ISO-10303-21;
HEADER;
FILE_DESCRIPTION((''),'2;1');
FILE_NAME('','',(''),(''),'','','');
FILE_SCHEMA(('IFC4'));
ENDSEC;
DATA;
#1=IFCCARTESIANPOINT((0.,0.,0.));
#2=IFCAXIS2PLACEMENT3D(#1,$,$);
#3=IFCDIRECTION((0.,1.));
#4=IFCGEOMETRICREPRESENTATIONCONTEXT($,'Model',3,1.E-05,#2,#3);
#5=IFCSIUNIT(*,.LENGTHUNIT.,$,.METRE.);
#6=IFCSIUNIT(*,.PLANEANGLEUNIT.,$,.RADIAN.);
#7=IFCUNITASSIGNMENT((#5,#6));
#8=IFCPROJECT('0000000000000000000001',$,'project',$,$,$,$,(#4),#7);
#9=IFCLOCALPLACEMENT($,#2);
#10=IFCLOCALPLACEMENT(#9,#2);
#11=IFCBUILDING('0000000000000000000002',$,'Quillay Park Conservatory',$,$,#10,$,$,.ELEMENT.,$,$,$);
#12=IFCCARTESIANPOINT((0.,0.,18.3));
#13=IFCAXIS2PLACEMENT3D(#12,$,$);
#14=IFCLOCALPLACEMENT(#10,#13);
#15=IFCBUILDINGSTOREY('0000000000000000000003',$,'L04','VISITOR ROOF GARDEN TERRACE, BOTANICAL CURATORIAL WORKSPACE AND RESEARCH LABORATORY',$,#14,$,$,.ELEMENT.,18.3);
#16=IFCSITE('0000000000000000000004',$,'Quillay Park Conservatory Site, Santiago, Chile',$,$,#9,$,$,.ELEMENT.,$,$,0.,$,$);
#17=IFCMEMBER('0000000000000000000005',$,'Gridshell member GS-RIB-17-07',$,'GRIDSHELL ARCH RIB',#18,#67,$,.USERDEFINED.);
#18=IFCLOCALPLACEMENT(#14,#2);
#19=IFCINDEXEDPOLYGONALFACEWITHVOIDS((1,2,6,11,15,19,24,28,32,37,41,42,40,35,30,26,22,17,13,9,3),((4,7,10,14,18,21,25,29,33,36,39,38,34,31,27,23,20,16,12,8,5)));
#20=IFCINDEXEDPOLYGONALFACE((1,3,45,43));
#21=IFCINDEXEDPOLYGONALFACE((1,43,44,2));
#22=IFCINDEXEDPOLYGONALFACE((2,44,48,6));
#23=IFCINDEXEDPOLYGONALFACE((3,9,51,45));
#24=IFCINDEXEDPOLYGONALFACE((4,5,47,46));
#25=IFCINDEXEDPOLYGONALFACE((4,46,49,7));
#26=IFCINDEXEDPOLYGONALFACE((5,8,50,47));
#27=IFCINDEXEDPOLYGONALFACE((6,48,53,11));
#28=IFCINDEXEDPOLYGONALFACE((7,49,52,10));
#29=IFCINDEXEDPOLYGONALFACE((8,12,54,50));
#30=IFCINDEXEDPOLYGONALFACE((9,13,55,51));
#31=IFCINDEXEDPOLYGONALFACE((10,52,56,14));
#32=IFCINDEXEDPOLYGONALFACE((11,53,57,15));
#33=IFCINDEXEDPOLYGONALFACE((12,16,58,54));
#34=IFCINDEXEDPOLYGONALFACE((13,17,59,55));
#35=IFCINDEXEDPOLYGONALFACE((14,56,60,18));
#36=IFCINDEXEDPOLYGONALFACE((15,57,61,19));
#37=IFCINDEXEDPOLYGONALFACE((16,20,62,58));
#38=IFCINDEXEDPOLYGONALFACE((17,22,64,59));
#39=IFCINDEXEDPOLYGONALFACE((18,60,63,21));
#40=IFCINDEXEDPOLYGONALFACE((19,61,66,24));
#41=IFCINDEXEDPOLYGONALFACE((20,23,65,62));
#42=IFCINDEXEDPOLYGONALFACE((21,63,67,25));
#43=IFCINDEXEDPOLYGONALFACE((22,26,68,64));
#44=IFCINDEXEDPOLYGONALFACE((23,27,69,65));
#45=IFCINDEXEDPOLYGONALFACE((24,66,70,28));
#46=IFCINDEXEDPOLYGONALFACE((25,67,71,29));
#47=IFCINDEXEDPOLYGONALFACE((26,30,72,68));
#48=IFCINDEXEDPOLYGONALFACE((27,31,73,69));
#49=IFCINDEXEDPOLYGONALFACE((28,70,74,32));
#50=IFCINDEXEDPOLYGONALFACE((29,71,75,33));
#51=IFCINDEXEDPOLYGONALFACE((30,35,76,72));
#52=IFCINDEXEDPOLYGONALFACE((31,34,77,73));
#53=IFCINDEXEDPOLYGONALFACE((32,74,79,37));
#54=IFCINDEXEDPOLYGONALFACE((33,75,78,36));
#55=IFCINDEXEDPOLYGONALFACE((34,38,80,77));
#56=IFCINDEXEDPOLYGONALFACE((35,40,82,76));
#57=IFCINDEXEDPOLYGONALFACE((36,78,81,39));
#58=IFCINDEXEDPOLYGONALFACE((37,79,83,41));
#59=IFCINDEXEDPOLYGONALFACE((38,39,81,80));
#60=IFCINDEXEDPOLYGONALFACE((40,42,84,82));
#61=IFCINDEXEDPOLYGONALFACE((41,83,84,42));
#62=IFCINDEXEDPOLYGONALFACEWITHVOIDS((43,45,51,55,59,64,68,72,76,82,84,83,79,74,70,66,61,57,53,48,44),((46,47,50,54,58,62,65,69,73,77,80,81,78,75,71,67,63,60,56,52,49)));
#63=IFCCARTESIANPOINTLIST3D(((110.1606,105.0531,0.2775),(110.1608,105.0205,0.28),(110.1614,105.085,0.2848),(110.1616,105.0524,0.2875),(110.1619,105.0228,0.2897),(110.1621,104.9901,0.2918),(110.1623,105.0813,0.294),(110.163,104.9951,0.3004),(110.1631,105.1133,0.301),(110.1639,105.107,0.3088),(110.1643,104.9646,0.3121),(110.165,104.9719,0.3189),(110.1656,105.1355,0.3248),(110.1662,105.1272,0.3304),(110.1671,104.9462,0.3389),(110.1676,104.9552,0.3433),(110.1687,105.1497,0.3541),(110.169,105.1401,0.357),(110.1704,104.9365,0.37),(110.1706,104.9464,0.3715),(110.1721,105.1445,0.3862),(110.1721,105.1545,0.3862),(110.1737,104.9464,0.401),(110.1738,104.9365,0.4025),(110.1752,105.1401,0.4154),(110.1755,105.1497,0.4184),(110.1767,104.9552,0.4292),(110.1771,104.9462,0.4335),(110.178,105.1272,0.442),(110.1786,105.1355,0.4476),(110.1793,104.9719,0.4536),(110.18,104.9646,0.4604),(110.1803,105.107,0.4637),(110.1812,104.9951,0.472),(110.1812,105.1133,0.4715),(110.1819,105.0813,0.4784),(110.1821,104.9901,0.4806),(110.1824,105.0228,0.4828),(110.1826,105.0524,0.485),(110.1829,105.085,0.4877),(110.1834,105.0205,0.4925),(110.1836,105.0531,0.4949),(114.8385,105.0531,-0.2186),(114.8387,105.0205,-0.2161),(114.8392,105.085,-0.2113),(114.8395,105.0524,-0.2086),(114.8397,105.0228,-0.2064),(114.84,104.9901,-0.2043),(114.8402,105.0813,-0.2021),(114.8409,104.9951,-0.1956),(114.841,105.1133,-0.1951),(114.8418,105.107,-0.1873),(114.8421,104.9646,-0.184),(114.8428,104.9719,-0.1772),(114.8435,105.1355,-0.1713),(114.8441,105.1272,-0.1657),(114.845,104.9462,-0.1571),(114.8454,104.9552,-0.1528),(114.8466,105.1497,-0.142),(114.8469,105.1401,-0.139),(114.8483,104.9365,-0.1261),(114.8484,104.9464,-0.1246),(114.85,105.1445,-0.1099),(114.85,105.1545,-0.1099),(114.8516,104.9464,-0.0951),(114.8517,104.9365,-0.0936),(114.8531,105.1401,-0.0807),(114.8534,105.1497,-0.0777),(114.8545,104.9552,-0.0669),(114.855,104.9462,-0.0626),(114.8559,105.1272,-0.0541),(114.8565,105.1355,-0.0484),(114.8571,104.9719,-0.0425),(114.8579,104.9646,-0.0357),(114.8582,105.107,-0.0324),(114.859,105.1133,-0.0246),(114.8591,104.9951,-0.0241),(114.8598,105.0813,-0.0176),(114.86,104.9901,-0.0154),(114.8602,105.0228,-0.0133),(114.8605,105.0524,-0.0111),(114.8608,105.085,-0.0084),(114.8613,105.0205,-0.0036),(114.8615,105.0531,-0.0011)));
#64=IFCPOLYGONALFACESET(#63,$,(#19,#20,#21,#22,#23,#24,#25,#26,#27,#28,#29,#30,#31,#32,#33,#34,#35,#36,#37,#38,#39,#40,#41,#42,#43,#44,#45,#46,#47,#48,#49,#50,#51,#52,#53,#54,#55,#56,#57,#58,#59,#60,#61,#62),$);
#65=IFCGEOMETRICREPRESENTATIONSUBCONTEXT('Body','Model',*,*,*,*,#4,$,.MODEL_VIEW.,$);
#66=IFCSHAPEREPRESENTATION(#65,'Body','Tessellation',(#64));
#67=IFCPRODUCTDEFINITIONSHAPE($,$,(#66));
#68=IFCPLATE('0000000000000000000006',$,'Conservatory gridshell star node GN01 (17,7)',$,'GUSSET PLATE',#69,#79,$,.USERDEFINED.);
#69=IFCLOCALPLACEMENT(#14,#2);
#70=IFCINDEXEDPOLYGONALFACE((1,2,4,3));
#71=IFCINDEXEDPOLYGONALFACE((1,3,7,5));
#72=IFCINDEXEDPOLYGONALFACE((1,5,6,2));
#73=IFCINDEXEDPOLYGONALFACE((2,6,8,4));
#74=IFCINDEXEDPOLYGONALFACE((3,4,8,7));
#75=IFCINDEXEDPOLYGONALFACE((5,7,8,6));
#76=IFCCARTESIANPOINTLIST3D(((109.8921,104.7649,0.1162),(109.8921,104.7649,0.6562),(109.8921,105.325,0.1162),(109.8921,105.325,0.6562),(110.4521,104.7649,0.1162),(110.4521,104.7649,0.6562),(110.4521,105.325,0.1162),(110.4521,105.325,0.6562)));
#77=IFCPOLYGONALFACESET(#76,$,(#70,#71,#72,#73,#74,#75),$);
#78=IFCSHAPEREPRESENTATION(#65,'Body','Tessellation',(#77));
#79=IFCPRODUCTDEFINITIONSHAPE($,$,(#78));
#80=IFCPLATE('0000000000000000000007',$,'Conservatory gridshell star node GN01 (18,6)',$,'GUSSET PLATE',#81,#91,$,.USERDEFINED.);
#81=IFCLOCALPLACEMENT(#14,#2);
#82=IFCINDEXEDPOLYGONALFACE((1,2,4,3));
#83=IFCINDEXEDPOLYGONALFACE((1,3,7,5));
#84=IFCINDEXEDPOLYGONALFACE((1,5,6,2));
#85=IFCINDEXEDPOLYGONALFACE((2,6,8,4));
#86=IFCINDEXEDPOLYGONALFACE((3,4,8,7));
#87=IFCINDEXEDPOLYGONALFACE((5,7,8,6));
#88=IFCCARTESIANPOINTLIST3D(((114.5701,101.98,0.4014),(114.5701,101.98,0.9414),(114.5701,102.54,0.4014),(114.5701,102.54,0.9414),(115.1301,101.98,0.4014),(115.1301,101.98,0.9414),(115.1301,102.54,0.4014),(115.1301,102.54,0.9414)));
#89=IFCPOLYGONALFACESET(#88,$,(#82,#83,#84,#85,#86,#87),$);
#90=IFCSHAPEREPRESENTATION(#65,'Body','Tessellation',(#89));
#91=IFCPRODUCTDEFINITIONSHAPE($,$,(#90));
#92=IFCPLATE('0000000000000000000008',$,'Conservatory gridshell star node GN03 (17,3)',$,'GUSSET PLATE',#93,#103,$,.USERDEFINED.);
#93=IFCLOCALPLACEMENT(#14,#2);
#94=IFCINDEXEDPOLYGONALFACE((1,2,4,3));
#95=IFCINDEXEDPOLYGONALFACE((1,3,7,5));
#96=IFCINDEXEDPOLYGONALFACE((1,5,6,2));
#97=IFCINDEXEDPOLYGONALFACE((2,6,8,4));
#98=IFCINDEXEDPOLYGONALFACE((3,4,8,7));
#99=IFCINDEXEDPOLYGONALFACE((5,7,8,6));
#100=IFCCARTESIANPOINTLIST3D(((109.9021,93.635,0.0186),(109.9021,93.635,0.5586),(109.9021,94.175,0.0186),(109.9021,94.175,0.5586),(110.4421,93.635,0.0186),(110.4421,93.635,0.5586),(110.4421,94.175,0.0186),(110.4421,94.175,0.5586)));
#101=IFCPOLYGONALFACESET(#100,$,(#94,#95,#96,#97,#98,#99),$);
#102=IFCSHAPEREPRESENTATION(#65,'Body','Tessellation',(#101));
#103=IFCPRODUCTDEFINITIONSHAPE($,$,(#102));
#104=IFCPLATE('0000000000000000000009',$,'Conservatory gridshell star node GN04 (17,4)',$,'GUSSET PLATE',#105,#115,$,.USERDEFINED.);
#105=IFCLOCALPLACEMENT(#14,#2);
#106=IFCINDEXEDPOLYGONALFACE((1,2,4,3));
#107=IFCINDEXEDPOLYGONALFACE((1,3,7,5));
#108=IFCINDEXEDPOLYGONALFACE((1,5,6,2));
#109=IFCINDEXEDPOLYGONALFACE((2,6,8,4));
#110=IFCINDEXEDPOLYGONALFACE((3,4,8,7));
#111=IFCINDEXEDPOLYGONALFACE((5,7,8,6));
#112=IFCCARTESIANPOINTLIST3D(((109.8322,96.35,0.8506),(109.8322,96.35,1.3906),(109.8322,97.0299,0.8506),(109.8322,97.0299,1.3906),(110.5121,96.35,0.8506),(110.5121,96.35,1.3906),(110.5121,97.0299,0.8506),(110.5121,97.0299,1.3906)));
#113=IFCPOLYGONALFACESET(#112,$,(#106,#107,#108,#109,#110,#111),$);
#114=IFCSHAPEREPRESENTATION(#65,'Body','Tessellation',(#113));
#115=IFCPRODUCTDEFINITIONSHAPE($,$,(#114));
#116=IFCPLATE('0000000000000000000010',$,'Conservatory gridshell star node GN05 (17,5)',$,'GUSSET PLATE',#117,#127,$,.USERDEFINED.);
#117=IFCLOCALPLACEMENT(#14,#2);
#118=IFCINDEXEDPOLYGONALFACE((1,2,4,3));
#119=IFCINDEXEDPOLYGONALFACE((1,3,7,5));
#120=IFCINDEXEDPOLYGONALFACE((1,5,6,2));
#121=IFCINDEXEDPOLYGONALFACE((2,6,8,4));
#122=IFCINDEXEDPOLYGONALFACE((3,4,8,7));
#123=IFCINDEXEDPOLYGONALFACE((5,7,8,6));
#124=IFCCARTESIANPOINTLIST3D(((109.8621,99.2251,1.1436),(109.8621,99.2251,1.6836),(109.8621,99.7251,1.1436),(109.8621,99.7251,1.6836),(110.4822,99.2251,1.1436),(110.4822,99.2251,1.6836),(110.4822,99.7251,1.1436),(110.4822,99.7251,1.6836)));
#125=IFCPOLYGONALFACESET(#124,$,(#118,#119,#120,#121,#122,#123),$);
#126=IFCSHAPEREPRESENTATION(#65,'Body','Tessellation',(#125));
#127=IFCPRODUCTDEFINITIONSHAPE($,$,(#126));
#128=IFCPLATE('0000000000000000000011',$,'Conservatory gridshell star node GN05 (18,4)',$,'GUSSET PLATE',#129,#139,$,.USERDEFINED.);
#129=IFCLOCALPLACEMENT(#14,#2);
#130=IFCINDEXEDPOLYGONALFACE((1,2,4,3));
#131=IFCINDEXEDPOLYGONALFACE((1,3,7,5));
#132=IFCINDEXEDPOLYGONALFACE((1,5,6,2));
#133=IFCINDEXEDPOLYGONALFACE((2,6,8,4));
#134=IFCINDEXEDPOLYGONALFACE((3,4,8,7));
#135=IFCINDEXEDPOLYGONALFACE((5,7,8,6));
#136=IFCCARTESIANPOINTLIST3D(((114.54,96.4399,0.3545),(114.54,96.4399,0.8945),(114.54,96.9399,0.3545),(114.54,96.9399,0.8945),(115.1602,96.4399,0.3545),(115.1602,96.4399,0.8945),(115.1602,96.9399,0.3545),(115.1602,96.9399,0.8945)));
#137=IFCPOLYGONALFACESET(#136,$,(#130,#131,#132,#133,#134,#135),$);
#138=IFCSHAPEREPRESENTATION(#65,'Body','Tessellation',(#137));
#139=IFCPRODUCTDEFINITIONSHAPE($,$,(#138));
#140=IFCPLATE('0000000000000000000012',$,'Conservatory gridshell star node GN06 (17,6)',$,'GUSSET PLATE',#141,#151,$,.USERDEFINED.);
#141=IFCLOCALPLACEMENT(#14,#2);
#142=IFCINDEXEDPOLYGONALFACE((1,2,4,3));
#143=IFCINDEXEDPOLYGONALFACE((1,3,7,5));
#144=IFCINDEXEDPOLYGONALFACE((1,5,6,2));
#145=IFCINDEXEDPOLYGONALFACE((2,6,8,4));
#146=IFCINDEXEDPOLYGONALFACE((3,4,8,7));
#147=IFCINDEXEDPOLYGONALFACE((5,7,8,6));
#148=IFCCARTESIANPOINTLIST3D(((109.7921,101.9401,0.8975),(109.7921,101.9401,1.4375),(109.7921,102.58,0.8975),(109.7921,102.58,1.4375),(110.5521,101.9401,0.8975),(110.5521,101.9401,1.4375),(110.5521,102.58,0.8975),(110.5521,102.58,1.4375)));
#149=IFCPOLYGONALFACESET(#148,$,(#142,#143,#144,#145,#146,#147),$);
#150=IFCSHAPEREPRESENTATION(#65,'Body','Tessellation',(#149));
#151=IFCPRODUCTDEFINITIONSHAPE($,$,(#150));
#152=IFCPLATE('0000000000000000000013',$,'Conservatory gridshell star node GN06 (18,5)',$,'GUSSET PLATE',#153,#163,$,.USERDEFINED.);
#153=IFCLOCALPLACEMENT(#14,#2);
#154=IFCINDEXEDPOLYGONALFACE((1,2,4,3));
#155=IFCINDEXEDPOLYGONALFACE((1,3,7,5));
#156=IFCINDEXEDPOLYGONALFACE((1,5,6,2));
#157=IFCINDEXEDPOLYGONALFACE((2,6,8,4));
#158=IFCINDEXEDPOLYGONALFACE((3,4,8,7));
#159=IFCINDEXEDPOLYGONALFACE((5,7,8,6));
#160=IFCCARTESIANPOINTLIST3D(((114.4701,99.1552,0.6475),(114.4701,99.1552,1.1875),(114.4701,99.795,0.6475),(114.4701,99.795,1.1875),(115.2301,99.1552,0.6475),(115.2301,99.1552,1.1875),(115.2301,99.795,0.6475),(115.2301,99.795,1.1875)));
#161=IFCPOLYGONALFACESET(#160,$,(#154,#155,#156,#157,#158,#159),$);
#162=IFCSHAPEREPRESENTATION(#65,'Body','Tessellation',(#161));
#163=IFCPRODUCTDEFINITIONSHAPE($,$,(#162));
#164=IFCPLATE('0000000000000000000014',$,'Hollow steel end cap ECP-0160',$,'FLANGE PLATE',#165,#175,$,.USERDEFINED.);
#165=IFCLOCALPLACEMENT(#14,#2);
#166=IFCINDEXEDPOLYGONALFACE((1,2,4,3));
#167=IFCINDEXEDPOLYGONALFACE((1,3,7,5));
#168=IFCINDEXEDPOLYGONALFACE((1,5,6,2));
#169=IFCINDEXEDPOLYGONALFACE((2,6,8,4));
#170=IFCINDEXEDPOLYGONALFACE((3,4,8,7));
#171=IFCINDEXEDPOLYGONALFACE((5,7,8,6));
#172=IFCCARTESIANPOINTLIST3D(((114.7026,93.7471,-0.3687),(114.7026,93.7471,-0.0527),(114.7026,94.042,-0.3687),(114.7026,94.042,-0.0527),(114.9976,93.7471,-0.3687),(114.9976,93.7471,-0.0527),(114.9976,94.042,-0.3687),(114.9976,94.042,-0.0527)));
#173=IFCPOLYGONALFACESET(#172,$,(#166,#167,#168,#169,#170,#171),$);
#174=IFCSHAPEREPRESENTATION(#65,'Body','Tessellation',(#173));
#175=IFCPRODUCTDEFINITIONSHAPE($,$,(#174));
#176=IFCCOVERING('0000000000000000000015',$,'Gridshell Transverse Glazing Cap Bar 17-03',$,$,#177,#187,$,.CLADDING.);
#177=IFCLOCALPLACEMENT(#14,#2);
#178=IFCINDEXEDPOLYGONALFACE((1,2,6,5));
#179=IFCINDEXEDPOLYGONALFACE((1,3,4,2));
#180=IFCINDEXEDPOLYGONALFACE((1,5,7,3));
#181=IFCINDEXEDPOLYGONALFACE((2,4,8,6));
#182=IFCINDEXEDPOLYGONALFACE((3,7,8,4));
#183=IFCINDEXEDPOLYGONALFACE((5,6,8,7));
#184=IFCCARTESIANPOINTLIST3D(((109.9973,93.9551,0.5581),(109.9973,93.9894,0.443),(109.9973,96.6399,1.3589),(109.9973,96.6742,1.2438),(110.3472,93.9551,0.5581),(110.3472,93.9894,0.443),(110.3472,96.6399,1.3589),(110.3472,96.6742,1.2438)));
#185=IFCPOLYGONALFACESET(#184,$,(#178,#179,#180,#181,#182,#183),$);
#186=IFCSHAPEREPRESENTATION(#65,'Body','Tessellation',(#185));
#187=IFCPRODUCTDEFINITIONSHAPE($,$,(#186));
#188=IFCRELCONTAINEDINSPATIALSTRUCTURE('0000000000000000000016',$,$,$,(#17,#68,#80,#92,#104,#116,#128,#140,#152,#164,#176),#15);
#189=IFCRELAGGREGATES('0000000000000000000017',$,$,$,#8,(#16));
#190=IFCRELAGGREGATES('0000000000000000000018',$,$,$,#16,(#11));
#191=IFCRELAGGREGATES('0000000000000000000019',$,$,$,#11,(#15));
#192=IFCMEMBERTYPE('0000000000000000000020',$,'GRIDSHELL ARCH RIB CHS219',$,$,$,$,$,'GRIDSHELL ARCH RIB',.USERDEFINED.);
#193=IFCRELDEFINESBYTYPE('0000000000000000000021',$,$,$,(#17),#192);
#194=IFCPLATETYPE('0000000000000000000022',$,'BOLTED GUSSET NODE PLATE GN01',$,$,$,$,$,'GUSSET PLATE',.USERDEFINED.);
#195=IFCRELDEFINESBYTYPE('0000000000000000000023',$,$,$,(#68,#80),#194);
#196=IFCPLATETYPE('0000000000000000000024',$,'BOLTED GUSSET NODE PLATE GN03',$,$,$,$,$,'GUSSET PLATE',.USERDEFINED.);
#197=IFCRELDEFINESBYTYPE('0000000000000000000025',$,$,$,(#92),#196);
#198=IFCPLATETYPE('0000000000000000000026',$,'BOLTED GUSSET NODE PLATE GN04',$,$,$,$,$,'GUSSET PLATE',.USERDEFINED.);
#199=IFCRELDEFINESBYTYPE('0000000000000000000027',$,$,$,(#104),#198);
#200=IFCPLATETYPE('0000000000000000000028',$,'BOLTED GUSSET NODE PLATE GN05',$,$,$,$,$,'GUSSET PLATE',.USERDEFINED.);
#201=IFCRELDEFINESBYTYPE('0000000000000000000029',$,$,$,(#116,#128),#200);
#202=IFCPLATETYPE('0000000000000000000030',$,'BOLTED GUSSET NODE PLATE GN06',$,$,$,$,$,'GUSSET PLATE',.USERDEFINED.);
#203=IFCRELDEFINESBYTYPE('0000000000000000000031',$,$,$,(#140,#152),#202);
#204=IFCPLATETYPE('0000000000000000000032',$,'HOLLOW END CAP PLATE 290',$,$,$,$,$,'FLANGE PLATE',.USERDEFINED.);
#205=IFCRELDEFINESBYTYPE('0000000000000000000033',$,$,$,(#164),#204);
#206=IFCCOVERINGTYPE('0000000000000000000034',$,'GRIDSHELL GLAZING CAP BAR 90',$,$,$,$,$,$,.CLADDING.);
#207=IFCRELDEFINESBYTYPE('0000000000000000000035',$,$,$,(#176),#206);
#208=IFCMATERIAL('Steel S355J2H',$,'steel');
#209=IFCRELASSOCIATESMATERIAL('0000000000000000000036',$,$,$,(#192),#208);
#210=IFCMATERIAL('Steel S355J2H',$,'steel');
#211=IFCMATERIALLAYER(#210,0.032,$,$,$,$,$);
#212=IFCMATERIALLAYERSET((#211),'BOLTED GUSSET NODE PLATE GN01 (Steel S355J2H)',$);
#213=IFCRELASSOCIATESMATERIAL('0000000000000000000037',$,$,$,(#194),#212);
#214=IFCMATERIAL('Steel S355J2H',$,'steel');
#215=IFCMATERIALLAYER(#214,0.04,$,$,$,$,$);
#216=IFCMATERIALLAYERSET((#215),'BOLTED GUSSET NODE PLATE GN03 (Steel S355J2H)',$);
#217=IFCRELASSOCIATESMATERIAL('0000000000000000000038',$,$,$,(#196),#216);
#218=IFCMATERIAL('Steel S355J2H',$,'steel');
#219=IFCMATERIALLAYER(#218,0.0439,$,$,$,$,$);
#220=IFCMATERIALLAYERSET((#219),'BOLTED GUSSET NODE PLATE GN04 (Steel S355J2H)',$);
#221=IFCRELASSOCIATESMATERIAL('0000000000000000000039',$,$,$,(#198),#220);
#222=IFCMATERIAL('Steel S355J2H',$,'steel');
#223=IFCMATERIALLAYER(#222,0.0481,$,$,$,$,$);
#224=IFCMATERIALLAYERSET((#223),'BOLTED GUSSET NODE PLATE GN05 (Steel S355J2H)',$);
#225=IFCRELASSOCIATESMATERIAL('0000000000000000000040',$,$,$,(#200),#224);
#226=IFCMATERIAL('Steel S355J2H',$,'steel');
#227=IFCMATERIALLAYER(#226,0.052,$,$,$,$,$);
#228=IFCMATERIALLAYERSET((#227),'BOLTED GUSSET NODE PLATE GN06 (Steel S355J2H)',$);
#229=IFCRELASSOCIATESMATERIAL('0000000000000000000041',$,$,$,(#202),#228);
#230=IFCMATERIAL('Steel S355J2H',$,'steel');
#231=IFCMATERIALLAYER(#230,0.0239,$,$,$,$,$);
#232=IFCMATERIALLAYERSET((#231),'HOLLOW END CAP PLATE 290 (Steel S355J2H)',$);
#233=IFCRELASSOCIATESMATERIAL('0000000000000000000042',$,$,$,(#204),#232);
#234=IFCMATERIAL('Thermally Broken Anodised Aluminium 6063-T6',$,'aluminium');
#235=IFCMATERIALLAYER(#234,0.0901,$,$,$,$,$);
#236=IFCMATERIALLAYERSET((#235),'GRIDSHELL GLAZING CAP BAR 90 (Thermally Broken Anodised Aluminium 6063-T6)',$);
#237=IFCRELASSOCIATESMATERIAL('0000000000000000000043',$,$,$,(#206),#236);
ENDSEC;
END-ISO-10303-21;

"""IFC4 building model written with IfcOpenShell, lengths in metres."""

from ifc_helpers import new_model, si_unit, direction, frame, origin, origin_2d, place, context, subcontext, project, spatial, polyline, rectangle, hollow_circle, outline, extrude, material, layer, layer_set, material_profile, profile_set, type_object, element, save


model = new_model("IFC4")

# Units and contexts
model_context = context("Model", 3, precision=1e-05, world=origin(), true_north=direction((0.0, 1.0)))
body_context = subcontext(model_context, "Body", "Model", "MODEL_VIEW")
ifc_project = project(units=[si_unit("LENGTHUNIT", "METRE"), si_unit("PLANEANGLEUNIT", "RADIAN")], contexts=[model_context])

# Site, building, storey
site_placement = place(None, origin())
site = spatial("IfcSite", under=ifc_project, at=site_placement, Name="Quillay Park Conservatory Site, Santiago, Chile", CompositionType="ELEMENT", RefElevation=0.0)
building_placement = place(site_placement, origin())
building = spatial("IfcBuilding", under=site, at=building_placement, Name="Quillay Park Conservatory", CompositionType="ELEMENT")
storey_placement = place(building_placement, frame((0.0, 0.0, 18.3)))
storey = spatial("IfcBuildingStorey", under=building, at=storey_placement, Name="L04", Description="VISITOR ROOF GARDEN TERRACE, BOTANICAL CURATORIAL WORKSPACE AND RESEARCH LABORATORY", CompositionType="ELEMENT", Elevation=18.3)

# Member
ifc_material_1 = material(Name="Steel S355J2H", Category="steel")
ifc_material_profile_1 = material_profile(ifc_material_1, hollow_circle(Radius=0.1096, WallThickness=0.01, at=origin_2d()), Name="CHS219.1x10")
ifc_profile_set_1 = profile_set([ifc_material_profile_1], Name="Steel S355J2H")
member_type = type_object("IfcMemberType", Name="GRIDSHELL ARCH RIB CHS219", ElementType="GRIDSHELL ARCH RIB", PredefinedType="USERDEFINED", material=ifc_profile_set_1)
for number, where, z_axis, x_axis, name in (
    (1, (110.1721, 105.0449, 0.3862), (0.994424, 0.0, -0.105457), (0.0, 1.0, 0.0), "Gridshell member GS-RIB-17-07"),
):
    element("IfcMember", number, at=place(storey_placement, frame(where, z_axis=z_axis, x_axis=x_axis)), inside=storey, type_object=member_type, Name=name, ObjectType="GRIDSHELL ARCH RIB", PredefinedType="USERDEFINED", context=body_context, shape_type="SweptSolid", body=[
        extrude(hollow_circle(Radius=0.1096, WallThickness=0.01, at=origin_2d()), origin(), (0.0, 0.0, 1.0), 4.7041),
    ])

# Plates
ifc_material_2 = material(Name="Steel S355J2H", Category="steel")
ifc_layer_1 = layer(ifc_material_2, 0.032)
ifc_layer_set_1 = layer_set([ifc_layer_1], Name="BOLTED GUSSET NODE PLATE GN01 (Steel S355J2H)")
plate_type_1 = type_object("IfcPlateType", Name="BOLTED GUSSET NODE PLATE GN01", ElementType="GUSSET PLATE", PredefinedType="USERDEFINED", material=ifc_layer_set_1)
for number, where, z_axis, x_axis, name in (
    (2, (110.1721, 105.0449, 0.1162), (0.0, 0.0, 1.0), (1.0, 0.0, 0.0), "Conservatory gridshell star node GN01 (17,7)"),
    (3, (114.8501, 102.26, 0.4014), (0.0, 0.0, 1.0), (1.0, 0.0, 0.0), "Conservatory gridshell star node GN01 (18,6)"),
):
    element("IfcPlate", number, at=place(storey_placement, frame(where, z_axis=z_axis, x_axis=x_axis)), inside=storey, type_object=plate_type_1, Name=name, ObjectType="GUSSET PLATE", PredefinedType="USERDEFINED", context=body_context, shape_type="SweptSolid", body=[
        extrude(rectangle(XDim=0.5601, YDim=0.5601, at=origin_2d()), origin(), (0.0, 0.0, 1.0), 0.54),
    ])
ifc_material_3 = material(Name="Steel S355J2H", Category="steel")
ifc_layer_2 = layer(ifc_material_3, 0.04)
ifc_layer_set_2 = layer_set([ifc_layer_2], Name="BOLTED GUSSET NODE PLATE GN03 (Steel S355J2H)")
plate_type_2 = type_object("IfcPlateType", Name="BOLTED GUSSET NODE PLATE GN03", ElementType="GUSSET PLATE", PredefinedType="USERDEFINED", material=ifc_layer_set_2)
plate_1_placement = place(storey_placement, frame((110.1721, 93.905, 0.0186), z_axis=(0.0, 0.0, 1.0), x_axis=(1.0, 0.0, 0.0)))
element("IfcPlate", 4, at=plate_1_placement, inside=storey, type_object=plate_type_2, Name="Conservatory gridshell star node GN03 (17,3)", ObjectType="GUSSET PLATE", PredefinedType="USERDEFINED", context=body_context, shape_type="SweptSolid", body=[
    extrude(rectangle(XDim=0.54, YDim=0.54, at=origin_2d()), origin(), (0.0, 0.0, 1.0), 0.54),
])
ifc_material_4 = material(Name="Steel S355J2H", Category="steel")
ifc_layer_3 = layer(ifc_material_4, 0.0439)
ifc_layer_set_3 = layer_set([ifc_layer_3], Name="BOLTED GUSSET NODE PLATE GN04 (Steel S355J2H)")
plate_type_3 = type_object("IfcPlateType", Name="BOLTED GUSSET NODE PLATE GN04", ElementType="GUSSET PLATE", PredefinedType="USERDEFINED", material=ifc_layer_set_3)
plate_2_placement = place(storey_placement, frame((110.1721, 96.6899, 0.8506), z_axis=(0.0, 0.0, 1.0), x_axis=(1.0, 0.0, 0.0)))
element("IfcPlate", 5, at=plate_2_placement, inside=storey, type_object=plate_type_3, Name="Conservatory gridshell star node GN04 (17,4)", ObjectType="GUSSET PLATE", PredefinedType="USERDEFINED", context=body_context, shape_type="SweptSolid", body=[
    extrude(rectangle(XDim=0.6799, YDim=0.6799, at=origin_2d()), origin(), (0.0, 0.0, 1.0), 0.54),
])
ifc_material_5 = material(Name="Steel S355J2H", Category="steel")
ifc_layer_4 = layer(ifc_material_5, 0.0481)
ifc_layer_set_4 = layer_set([ifc_layer_4], Name="BOLTED GUSSET NODE PLATE GN05 (Steel S355J2H)")
plate_type_4 = type_object("IfcPlateType", Name="BOLTED GUSSET NODE PLATE GN05", ElementType="GUSSET PLATE", PredefinedType="USERDEFINED", material=ifc_layer_set_4)
for number, where, z_axis, x_axis, name in (
    (6, (110.1721, 99.4751, 1.1436), (0.0, 0.0, 1.0), (1.0, 0.0, 0.0), "Conservatory gridshell star node GN05 (17,5)"),
    (7, (114.8501, 96.6899, 0.3545), (0.0, 0.0, 1.0), (1.0, 0.0, 0.0), "Conservatory gridshell star node GN05 (18,4)"),
):
    element("IfcPlate", number, at=place(storey_placement, frame(where, z_axis=z_axis, x_axis=x_axis)), inside=storey, type_object=plate_type_4, Name=name, ObjectType="GUSSET PLATE", PredefinedType="USERDEFINED", context=body_context, shape_type="SweptSolid", body=[
        extrude(rectangle(XDim=0.6201, YDim=0.5, at=origin_2d()), origin(), (0.0, 0.0, 1.0), 0.54),
    ])
ifc_material_6 = material(Name="Steel S355J2H", Category="steel")
ifc_layer_5 = layer(ifc_material_6, 0.052)
ifc_layer_set_5 = layer_set([ifc_layer_5], Name="BOLTED GUSSET NODE PLATE GN06 (Steel S355J2H)")
plate_type_5 = type_object("IfcPlateType", Name="BOLTED GUSSET NODE PLATE GN06", ElementType="GUSSET PLATE", PredefinedType="USERDEFINED", material=ifc_layer_set_5)
for number, where, z_axis, x_axis, name in (
    (8, (110.1721, 102.26, 0.8975), (0.0, 0.0, 1.0), (1.0, 0.0, 0.0), "Conservatory gridshell star node GN06 (17,6)"),
    (9, (114.8501, 99.4751, 0.6475), (0.0, 0.0, 1.0), (1.0, 0.0, 0.0), "Conservatory gridshell star node GN06 (18,5)"),
):
    element("IfcPlate", number, at=place(storey_placement, frame(where, z_axis=z_axis, x_axis=x_axis)), inside=storey, type_object=plate_type_5, Name=name, ObjectType="GUSSET PLATE", PredefinedType="USERDEFINED", context=body_context, shape_type="SweptSolid", body=[
        extrude(rectangle(XDim=0.76, YDim=0.6399, at=origin_2d()), origin(), (0.0, 0.0, 1.0), 0.54),
    ])
ifc_material_7 = material(Name="Steel S355J2H", Category="steel")
ifc_layer_6 = layer(ifc_material_7, 0.0239)
ifc_layer_set_6 = layer_set([ifc_layer_6], Name="HOLLOW END CAP PLATE 290 (Steel S355J2H)")
plate_type_6 = type_object("IfcPlateType", Name="HOLLOW END CAP PLATE 290", ElementType="FLANGE PLATE", PredefinedType="USERDEFINED", material=ifc_layer_set_6)
plate_3_placement = place(storey_placement, frame((114.8501, 93.8945, -0.3687), z_axis=(0.0, 0.0, 1.0), x_axis=(1.0, 0.0, 0.0)))
element("IfcPlate", 10, at=plate_3_placement, inside=storey, type_object=plate_type_6, Name="Hollow steel end cap ECP-0160", ObjectType="FLANGE PLATE", PredefinedType="USERDEFINED", context=body_context, shape_type="SweptSolid", body=[
    extrude(rectangle(XDim=0.2949, YDim=0.2949, at=origin_2d()), origin(), (0.0, 0.0, 1.0), 0.3159),
])

# Covering
ifc_material_8 = material(Name="Thermally Broken Anodised Aluminium 6063-T6", Category="aluminium")
ifc_layer_7 = layer(ifc_material_8, 0.0901)
ifc_layer_set_7 = layer_set([ifc_layer_7], Name="GRIDSHELL GLAZING CAP BAR 90 (Thermally Broken Anodised Aluminium 6063-T6)")
covering_type = type_object("IfcCoveringType", Name="GRIDSHELL GLAZING CAP BAR 90", PredefinedType="CLADDING", material=ifc_layer_set_7)
covering_1_placement = place(storey_placement, frame((109.9973, 93.9551, 0.5581), z_axis=(0.0, -0.285821, 0.958283), x_axis=(1.0, 0.0, 0.0)))
element("IfcCovering", 11, at=covering_1_placement, inside=storey, type_object=covering_type, Name="Gridshell Transverse Glazing Cap Bar 17-03", PredefinedType="CLADDING", context=body_context, shape_type="SweptSolid", body=[
    extrude(outline(polyline([(0.0, 0.0), (0.3499, 0.0), (0.3499, 2.8017), (0.0, 2.8017), (0.0, 0.0)])), origin(), (0.0, 0.0, -1.0), 0.1201),
])

save(model, "model.ifc")
